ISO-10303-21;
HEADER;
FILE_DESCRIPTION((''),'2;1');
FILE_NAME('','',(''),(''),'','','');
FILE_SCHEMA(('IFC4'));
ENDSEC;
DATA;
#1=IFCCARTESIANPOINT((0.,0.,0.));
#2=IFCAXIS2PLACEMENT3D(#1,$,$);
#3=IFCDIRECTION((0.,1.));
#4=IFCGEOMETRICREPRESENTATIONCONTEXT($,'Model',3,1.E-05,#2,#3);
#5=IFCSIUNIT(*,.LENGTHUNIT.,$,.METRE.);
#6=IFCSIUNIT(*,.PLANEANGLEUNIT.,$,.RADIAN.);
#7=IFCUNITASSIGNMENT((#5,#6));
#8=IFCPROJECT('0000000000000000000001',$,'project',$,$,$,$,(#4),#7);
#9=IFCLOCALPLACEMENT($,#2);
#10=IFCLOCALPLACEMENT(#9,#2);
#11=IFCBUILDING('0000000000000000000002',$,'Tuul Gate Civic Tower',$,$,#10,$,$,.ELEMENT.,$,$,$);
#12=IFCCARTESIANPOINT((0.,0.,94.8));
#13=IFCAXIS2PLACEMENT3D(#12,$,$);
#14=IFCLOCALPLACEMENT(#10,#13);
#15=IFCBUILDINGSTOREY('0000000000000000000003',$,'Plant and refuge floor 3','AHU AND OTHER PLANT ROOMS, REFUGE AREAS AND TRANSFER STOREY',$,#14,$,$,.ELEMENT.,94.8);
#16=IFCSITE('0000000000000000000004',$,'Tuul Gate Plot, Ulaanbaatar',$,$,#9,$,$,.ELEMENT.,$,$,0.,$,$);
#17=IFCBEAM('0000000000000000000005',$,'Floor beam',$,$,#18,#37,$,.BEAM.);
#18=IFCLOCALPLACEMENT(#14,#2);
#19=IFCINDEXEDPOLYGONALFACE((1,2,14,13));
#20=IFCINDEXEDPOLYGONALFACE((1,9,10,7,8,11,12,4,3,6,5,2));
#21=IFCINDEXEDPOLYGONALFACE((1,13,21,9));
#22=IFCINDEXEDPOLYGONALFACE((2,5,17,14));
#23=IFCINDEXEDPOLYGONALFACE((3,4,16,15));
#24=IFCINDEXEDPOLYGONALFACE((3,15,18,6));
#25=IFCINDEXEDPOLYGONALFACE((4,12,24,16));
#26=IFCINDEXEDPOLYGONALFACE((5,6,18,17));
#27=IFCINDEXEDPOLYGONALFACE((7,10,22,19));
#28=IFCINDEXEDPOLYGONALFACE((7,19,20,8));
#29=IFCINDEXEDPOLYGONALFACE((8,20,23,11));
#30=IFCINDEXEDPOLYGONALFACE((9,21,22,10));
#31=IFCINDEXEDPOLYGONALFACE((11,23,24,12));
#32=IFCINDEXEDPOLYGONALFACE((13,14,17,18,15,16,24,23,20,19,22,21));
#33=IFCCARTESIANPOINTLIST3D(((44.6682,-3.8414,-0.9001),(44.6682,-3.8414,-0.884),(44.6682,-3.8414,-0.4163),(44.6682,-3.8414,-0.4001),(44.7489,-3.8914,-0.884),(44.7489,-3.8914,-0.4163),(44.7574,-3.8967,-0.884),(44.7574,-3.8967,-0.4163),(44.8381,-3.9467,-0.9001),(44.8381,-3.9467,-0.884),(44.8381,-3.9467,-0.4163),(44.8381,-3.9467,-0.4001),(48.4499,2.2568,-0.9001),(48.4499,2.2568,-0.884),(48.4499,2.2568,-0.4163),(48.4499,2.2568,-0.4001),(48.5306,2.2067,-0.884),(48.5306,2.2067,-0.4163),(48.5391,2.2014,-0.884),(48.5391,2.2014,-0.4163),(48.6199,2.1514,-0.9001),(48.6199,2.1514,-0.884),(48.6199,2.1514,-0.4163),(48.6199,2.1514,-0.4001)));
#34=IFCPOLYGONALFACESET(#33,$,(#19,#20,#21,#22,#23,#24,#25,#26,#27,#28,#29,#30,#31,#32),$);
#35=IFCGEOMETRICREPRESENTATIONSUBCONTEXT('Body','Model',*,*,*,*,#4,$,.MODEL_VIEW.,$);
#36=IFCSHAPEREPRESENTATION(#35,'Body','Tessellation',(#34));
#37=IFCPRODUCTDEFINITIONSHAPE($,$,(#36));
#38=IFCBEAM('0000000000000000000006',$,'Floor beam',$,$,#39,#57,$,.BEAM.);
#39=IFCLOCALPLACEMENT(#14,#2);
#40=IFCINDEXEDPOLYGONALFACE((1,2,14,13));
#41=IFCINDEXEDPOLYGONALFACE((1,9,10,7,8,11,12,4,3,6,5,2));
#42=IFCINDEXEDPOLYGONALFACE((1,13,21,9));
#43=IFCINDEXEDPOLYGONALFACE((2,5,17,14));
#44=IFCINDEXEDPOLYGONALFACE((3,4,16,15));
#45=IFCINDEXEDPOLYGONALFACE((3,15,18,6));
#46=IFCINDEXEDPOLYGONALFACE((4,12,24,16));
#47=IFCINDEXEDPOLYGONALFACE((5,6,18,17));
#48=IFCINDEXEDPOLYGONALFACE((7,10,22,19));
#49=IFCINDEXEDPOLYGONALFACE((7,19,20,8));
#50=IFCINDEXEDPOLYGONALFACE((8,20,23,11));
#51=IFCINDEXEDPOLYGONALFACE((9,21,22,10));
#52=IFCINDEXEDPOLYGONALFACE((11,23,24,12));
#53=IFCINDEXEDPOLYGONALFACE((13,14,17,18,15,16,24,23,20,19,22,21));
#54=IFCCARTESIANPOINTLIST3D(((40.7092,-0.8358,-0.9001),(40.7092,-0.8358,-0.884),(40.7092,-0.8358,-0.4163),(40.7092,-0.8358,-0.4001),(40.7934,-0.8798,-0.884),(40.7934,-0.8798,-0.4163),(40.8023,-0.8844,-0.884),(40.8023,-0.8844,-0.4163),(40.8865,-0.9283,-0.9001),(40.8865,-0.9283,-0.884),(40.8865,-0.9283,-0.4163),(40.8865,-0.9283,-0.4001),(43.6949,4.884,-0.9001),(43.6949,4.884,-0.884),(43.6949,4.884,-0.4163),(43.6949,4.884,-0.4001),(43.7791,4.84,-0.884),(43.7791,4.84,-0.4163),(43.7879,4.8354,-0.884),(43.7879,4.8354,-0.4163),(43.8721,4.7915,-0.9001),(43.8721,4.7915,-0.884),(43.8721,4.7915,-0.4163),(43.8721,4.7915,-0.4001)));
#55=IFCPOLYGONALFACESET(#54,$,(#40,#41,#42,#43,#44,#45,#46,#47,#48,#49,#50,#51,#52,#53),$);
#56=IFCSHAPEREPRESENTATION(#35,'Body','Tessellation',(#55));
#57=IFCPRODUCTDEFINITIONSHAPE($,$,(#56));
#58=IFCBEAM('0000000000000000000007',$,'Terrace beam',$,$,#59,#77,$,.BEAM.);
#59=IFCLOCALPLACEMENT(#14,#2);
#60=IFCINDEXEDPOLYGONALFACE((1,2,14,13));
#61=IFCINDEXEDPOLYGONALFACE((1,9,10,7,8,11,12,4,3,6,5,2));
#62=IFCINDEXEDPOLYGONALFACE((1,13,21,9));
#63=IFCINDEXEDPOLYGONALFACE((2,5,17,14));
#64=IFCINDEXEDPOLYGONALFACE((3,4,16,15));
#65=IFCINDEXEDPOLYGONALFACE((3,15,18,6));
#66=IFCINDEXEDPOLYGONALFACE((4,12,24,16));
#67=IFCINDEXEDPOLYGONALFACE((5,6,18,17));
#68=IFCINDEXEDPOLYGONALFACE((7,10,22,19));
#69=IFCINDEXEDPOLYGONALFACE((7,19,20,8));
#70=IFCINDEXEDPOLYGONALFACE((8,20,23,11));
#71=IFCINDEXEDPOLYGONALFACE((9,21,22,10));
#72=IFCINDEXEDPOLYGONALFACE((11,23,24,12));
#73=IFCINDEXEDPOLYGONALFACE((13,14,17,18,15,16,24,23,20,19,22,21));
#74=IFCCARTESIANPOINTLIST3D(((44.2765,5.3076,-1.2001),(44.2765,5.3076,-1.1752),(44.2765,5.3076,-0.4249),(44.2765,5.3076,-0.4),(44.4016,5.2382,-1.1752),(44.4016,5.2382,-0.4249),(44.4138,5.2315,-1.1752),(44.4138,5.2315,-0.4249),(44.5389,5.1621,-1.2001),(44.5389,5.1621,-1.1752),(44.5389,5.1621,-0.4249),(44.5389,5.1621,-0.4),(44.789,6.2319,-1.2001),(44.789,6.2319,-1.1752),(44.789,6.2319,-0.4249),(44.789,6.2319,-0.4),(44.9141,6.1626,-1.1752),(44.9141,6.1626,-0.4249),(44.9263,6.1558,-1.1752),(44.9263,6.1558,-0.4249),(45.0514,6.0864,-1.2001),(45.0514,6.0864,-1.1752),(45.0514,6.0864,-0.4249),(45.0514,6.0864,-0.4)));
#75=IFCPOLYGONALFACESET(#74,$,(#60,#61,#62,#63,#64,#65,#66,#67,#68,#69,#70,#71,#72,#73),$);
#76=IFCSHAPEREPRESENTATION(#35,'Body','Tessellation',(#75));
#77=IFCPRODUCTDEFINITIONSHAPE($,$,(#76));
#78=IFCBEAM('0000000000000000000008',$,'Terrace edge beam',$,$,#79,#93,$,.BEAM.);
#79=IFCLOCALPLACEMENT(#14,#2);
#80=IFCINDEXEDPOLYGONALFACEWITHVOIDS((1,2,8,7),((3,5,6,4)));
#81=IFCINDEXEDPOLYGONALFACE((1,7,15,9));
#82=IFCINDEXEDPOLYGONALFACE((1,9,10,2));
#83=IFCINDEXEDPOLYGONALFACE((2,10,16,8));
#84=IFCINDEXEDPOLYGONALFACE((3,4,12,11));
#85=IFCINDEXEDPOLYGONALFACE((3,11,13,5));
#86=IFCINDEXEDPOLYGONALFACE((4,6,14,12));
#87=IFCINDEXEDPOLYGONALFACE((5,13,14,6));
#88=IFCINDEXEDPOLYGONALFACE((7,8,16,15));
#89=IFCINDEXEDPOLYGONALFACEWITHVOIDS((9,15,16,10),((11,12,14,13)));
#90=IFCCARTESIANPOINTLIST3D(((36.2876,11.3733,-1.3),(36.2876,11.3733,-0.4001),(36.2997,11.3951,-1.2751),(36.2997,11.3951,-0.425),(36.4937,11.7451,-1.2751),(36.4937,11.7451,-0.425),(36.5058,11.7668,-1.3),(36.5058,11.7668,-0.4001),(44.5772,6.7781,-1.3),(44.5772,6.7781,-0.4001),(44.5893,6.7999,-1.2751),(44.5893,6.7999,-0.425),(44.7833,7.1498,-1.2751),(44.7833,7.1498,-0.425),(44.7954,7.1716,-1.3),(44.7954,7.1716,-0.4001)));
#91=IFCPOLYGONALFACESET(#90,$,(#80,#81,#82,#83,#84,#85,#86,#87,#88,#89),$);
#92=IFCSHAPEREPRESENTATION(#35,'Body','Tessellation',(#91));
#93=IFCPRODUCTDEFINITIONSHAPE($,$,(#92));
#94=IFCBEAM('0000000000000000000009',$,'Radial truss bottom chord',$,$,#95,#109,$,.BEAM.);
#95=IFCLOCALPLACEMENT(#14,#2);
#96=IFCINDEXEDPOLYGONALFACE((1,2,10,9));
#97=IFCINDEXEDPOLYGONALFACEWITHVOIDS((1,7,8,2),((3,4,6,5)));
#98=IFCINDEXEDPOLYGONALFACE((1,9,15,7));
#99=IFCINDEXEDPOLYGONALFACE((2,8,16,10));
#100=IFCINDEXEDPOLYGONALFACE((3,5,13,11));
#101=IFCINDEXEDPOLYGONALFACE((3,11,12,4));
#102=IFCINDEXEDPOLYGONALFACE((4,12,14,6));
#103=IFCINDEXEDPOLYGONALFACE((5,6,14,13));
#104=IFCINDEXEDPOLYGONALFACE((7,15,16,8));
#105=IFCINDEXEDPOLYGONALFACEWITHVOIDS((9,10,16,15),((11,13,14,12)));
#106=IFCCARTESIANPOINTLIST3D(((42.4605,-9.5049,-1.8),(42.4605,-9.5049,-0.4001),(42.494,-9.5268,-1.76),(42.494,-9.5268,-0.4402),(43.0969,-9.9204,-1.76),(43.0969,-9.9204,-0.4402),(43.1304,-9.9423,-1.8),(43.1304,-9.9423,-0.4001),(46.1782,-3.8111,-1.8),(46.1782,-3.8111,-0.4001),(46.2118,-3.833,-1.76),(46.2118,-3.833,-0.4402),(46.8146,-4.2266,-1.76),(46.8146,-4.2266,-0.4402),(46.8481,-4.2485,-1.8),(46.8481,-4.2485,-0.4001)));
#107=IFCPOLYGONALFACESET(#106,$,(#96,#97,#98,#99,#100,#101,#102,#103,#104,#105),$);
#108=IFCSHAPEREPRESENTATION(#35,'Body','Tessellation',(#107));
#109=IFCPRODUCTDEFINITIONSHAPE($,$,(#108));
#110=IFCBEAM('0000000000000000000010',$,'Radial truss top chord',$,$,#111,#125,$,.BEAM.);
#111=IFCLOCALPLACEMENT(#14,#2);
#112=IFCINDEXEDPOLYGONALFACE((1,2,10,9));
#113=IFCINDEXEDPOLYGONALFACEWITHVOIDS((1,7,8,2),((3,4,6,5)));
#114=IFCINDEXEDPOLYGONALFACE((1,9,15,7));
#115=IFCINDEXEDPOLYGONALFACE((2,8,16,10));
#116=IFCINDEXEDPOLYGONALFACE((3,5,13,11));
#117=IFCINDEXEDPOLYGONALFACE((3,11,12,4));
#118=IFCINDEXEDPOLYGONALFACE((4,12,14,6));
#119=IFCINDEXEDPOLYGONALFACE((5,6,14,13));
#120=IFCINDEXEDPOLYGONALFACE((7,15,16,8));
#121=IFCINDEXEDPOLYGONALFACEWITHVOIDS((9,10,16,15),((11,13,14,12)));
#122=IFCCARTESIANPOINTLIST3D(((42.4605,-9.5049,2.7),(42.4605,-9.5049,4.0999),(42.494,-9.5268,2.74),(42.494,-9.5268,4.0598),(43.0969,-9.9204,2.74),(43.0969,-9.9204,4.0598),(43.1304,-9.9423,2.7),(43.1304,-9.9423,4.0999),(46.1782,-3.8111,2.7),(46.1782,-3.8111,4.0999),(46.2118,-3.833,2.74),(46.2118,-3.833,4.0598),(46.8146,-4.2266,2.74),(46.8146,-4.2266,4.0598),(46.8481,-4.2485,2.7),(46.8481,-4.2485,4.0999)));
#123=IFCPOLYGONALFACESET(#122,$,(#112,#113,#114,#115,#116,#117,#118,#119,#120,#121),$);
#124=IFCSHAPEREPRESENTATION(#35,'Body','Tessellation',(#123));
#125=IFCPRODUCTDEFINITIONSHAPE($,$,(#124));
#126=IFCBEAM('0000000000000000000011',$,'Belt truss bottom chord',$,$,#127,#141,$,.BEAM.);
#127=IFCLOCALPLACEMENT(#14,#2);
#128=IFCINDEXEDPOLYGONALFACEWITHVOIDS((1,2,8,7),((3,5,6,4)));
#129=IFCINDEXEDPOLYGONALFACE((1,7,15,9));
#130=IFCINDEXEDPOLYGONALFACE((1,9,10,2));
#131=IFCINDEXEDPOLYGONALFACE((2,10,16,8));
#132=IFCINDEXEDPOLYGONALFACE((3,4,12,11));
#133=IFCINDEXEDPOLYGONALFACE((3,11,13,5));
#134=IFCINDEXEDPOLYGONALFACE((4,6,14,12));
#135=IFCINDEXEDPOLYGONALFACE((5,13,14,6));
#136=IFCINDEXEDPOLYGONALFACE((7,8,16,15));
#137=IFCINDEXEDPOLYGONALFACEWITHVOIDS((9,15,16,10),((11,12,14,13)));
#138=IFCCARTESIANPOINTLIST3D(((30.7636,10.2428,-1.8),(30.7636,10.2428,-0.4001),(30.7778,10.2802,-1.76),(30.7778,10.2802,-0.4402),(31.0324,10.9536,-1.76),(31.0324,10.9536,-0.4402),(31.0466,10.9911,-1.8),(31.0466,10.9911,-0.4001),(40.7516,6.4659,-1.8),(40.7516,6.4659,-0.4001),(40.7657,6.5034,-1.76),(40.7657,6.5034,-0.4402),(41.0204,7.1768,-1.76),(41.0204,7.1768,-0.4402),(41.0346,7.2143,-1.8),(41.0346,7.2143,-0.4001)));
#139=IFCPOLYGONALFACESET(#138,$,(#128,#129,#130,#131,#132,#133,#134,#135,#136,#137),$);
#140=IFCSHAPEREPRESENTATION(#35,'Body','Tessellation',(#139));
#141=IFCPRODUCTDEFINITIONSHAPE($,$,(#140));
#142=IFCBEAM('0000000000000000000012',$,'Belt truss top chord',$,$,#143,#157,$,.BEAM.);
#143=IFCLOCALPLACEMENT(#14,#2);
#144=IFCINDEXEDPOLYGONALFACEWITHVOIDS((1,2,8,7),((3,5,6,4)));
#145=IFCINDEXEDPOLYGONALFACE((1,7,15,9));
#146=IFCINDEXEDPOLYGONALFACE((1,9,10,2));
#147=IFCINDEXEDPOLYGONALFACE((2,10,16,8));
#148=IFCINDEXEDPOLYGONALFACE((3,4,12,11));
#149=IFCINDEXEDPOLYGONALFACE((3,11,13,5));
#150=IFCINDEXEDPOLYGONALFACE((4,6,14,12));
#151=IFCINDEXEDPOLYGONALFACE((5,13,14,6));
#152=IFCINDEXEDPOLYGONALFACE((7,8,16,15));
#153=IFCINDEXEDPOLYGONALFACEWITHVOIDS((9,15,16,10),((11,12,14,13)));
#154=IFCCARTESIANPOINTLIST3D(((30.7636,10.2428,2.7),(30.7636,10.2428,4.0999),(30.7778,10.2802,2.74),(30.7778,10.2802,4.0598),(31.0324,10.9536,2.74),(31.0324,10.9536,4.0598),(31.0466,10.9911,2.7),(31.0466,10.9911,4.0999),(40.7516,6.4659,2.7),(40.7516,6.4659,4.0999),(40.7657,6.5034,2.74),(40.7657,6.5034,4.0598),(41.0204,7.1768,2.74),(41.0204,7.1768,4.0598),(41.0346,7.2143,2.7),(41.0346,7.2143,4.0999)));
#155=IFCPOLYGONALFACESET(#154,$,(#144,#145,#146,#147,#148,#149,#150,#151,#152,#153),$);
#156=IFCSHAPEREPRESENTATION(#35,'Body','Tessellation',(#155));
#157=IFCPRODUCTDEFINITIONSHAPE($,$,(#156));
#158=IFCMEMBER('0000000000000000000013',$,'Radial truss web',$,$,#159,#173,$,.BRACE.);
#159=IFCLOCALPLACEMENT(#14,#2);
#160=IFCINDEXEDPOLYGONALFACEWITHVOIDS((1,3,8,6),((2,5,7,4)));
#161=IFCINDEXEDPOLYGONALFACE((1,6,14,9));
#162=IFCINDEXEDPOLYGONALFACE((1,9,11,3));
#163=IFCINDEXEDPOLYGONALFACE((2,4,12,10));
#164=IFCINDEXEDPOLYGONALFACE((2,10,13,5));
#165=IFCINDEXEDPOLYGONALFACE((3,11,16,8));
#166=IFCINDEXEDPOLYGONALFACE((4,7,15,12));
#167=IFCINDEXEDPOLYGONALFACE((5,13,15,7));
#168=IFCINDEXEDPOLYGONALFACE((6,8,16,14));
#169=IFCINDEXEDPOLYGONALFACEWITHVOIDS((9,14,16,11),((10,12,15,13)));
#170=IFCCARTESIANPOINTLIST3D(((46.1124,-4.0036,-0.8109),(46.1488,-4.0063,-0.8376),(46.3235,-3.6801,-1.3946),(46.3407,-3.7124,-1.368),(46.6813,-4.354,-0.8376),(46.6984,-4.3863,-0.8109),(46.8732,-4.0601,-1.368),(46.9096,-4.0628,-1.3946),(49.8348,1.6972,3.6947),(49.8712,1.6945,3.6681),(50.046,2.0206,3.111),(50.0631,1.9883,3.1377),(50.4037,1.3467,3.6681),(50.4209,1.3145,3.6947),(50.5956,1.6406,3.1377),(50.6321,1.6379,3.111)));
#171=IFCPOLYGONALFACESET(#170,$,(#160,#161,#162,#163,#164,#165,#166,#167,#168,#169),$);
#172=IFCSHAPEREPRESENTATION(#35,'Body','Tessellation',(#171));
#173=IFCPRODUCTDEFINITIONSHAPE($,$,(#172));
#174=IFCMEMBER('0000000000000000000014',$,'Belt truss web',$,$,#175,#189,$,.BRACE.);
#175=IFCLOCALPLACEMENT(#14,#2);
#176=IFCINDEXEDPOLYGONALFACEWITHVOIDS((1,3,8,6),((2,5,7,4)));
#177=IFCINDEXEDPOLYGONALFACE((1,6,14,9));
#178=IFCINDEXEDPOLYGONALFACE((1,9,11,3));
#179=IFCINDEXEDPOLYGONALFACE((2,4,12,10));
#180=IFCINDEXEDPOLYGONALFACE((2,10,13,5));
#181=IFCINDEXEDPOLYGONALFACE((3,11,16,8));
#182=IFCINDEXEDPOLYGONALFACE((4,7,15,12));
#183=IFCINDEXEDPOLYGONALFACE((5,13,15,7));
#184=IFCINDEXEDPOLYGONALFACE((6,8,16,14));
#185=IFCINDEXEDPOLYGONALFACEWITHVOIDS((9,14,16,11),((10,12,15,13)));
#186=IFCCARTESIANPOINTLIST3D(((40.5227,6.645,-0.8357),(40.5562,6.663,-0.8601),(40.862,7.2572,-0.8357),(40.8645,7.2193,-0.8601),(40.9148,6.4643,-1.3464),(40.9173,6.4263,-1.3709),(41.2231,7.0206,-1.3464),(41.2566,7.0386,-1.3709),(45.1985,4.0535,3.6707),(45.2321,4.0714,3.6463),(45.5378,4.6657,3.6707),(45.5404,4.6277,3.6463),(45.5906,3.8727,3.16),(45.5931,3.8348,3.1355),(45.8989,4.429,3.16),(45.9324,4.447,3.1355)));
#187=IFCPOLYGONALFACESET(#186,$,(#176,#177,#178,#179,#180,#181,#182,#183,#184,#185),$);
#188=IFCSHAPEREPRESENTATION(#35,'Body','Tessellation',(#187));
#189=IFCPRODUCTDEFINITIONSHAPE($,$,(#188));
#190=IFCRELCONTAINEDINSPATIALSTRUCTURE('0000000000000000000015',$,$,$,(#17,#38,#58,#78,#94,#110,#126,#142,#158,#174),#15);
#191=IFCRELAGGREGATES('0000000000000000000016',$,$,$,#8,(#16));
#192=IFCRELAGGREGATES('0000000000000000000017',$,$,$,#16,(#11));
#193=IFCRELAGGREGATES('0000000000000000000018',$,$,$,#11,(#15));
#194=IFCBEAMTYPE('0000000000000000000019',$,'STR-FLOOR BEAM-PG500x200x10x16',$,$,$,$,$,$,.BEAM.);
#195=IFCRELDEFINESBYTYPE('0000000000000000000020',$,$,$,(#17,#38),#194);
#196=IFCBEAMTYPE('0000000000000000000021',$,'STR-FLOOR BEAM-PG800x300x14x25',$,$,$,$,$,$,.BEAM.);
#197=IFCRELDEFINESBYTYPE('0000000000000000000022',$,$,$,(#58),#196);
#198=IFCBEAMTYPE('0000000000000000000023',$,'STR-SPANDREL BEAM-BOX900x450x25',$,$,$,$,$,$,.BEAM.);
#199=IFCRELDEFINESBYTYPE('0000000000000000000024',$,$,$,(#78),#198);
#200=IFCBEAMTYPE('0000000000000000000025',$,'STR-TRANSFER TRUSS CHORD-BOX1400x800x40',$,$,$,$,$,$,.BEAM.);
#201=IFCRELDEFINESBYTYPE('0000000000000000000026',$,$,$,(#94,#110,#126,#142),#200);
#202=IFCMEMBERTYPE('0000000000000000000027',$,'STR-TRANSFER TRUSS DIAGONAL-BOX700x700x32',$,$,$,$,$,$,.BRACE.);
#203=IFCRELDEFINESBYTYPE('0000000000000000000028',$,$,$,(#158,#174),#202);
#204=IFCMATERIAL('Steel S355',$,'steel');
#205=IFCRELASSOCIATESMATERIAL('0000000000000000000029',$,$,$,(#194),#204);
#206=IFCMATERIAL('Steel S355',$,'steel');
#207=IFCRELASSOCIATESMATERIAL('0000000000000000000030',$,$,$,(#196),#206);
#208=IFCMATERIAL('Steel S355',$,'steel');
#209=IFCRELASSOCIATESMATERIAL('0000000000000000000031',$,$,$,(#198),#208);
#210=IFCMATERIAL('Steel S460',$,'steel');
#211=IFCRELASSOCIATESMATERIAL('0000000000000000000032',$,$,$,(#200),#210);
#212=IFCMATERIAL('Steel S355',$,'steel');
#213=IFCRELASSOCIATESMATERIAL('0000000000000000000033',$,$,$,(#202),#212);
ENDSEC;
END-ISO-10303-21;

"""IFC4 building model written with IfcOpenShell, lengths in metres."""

from ifc_helpers import new_model, si_unit, direction, frame, origin, origin_2d, place, context, subcontext, project, spatial, hollow_rectangle, i_section, extrude, material, material_profile, profile_set, type_object, element, save


model = new_model("IFC4")

# Units and contexts
model_context = context("Model", 3, precision=1e-05, world=origin(), true_north=direction((0.0, 1.0)))
body_context = subcontext(model_context, "Body", "Model", "MODEL_VIEW")
ifc_project = project(units=[si_unit("LENGTHUNIT", "METRE"), si_unit("PLANEANGLEUNIT", "RADIAN")], contexts=[model_context])

# Site, building, storey
site_placement = place(None, origin())
site = spatial("IfcSite", under=ifc_project, at=site_placement, Name="Tuul Gate Plot, Ulaanbaatar", CompositionType="ELEMENT", RefElevation=0.0)
building_placement = place(site_placement, origin())
building = spatial("IfcBuilding", under=site, at=building_placement, Name="Tuul Gate Civic Tower", CompositionType="ELEMENT")
storey_placement = place(building_placement, frame((0.0, 0.0, 94.8)))
storey = spatial("IfcBuildingStorey", under=building, at=storey_placement, Name="Plant and refuge floor 3", Description="AHU AND OTHER PLANT ROOMS, REFUGE AREAS AND TRANSFER STOREY", CompositionType="ELEMENT", Elevation=94.8)

# Beams
ifc_material_1 = material(Name="Steel S355", Category="steel")
ifc_material_profile_1 = material_profile(ifc_material_1, i_section(OverallWidth=0.2, OverallDepth=0.5, WebThickness=0.01, FlangeThickness=0.0161, at=origin_2d()), Name="PG500x200x10x16")
ifc_profile_set_1 = profile_set([ifc_material_profile_1], Name="Steel S355")
beam_type_1 = type_object("IfcBeamType", Name="STR-FLOOR BEAM-PG500x200x10x16", PredefinedType="BEAM", material=ifc_profile_set_1)
beam_1_placement = place(storey_placement, frame((44.7532, -3.894, -0.6501), z_axis=(0.527029, 0.849847, 0.0), x_axis=(-0.849847, 0.527029, 0.0)))
element("IfcBeam", 1, at=beam_1_placement, inside=storey, type_object=beam_type_1, Name="Floor beam", PredefinedType="BEAM", context=body_context, shape_type="SweptSolid", body=[
    extrude(i_section(OverallWidth=0.2, OverallDepth=0.5, WebThickness=0.01, FlangeThickness=0.0161, at=origin_2d()), origin(), (0.0, 0.0, 1.0), 7.1755),
])
beam_2_placement = place(storey_placement, frame((40.7979, -0.8821, -0.6501), z_axis=(0.462735, 0.886496, 0.0), x_axis=(-0.886496, 0.462735, 0.0)))
element("IfcBeam", 2, at=beam_2_placement, inside=storey, type_object=beam_type_1, Name="Floor beam", PredefinedType="BEAM", context=body_context, shape_type="SweptSolid", body=[
    extrude(i_section(OverallWidth=0.2, OverallDepth=0.5, WebThickness=0.01, FlangeThickness=0.0161, at=origin_2d()), origin(), (0.0, 0.0, 1.0), 6.4521),
])
ifc_material_2 = material(Name="Steel S355", Category="steel")
ifc_material_profile_2 = material_profile(ifc_material_2, i_section(OverallWidth=0.3, OverallDepth=0.8, WebThickness=0.0139, FlangeThickness=0.0249, at=origin_2d()), Name="PG800x300x14x25")
ifc_profile_set_2 = profile_set([ifc_material_profile_2], Name="Steel S355")
beam_type_2 = type_object("IfcBeamType", Name="STR-FLOOR BEAM-PG800x300x14x25", PredefinedType="BEAM", material=ifc_profile_set_2)
beam_3_placement = place(storey_placement, frame((44.9202, 6.1592, -0.8), z_axis=(-0.484878, -0.874582, 0.0), x_axis=(0.874582, -0.484878, 0.0)))
element("IfcBeam", 3, at=beam_3_placement, inside=storey, type_object=beam_type_2, Name="Terrace beam", PredefinedType="BEAM", context=body_context, shape_type="SweptSolid", body=[
    extrude(i_section(OverallWidth=0.3, OverallDepth=0.8, WebThickness=0.0139, FlangeThickness=0.0249, at=origin_2d()), origin(), (0.0, 0.0, 1.0), 1.0569),
])
ifc_material_3 = material(Name="Steel S355", Category="steel")
ifc_material_profile_3 = material_profile(ifc_material_3, hollow_rectangle(XDim=0.45, YDim=0.8999, WallThickness=0.0249, at=origin_2d()), Name="BOX900x450x25")
ifc_profile_set_3 = profile_set([ifc_material_profile_3], Name="Steel S355")
beam_type_3 = type_object("IfcBeamType", Name="STR-SPANDREL BEAM-BOX900x450x25", PredefinedType="BEAM", material=ifc_profile_set_3)
beam_4_placement = place(storey_placement, frame((44.6863, 6.9749, -0.8501), z_axis=(-0.874609, 0.484829, 0.0), x_axis=(-0.484829, -0.874609, 0.0)))
element("IfcBeam", 4, at=beam_4_placement, inside=storey, type_object=beam_type_3, Name="Terrace edge beam", PredefinedType="BEAM", context=body_context, shape_type="SweptSolid", body=[
    extrude(hollow_rectangle(XDim=0.45, YDim=0.8999, WallThickness=0.0249, at=origin_2d()), origin(), (0.0, 0.0, 1.0), 9.478),
])
ifc_material_4 = material(Name="Steel S460", Category="steel")
ifc_material_profile_4 = material_profile(ifc_material_4, hollow_rectangle(XDim=0.8, YDim=1.3999, WallThickness=0.04, at=origin_2d()), Name="BOX1400x800x40")
ifc_profile_set_4 = profile_set([ifc_material_profile_4], Name="Steel S460")
beam_type_4 = type_object("IfcBeamType", Name="STR-TRANSFER TRUSS CHORD-BOX1400x800x40", PredefinedType="BEAM", material=ifc_profile_set_4)
for number, where, z_axis, x_axis, name in (
    (5, (46.5132, -4.0298, -1.1001), (-0.546721, -0.837315, 0.0), (0.837315, -0.546721, 0.0), "Radial truss bottom chord"),
    (6, (46.5132, -4.0298, 3.3999), (-0.546721, -0.837315, 0.0), (0.837315, -0.546721, 0.0), "Radial truss top chord"),
):
    element("IfcBeam", number, at=place(storey_placement, frame(where, z_axis=z_axis, x_axis=x_axis)), inside=storey, type_object=beam_type_4, Name=name, PredefinedType="BEAM", context=body_context, shape_type="SweptSolid", body=[
        extrude(hollow_rectangle(XDim=0.8, YDim=1.3999, WallThickness=0.04, at=origin_2d()), origin(), (0.0, 0.0, 1.0), 6.8),
    ])
for number, where, z_axis, x_axis, name in (
    (7, (40.8931, 6.8401, -1.1001), (-0.935361, 0.353695, 0.0), (-0.353695, -0.935361, 0.0), "Belt truss bottom chord"),
    (8, (40.8931, 6.8401, 3.3999), (-0.935361, 0.353695, 0.0), (-0.353695, -0.935361, 0.0), "Belt truss top chord"),
):
    element("IfcBeam", number, at=place(storey_placement, frame(where, z_axis=z_axis, x_axis=x_axis)), inside=storey, type_object=beam_type_4, Name=name, PredefinedType="BEAM", context=body_context, shape_type="SweptSolid", body=[
        extrude(hollow_rectangle(XDim=0.8, YDim=1.3999, WallThickness=0.04, at=origin_2d()), origin(), (0.0, 0.0, 1.0), 10.6782),
    ])

# Members
ifc_material_5 = material(Name="Steel S355", Category="steel")
ifc_material_profile_5 = material_profile(ifc_material_5, hollow_rectangle(XDim=0.7, YDim=0.7, WallThickness=0.032, at=origin_2d()), Name="BOX700x700x32")
ifc_profile_set_5 = profile_set([ifc_material_profile_5], Name="Steel S355")
member_type_1 = type_object("IfcMemberType", Name="STR-TRANSFER TRUSS DIAGONAL-BOX700x700x32", PredefinedType="BRACE", material=ifc_profile_set_5)
member_1_placement = place(storey_placement, frame((46.511, -4.0332, -1.1028), z_axis=(0.455941, 0.698251, 0.551872), x_axis=(-0.837303, 0.546739, 0.0)))
element("IfcMember", 9, at=member_1_placement, inside=storey, type_object=member_type_1, Name="Radial truss web", PredefinedType="BRACE", context=body_context, shape_type="SweptSolid", body=[
    extrude(hollow_rectangle(XDim=0.7, YDim=0.7, WallThickness=0.032, at=origin_2d()), origin(), (0.0, 0.0, 1.0), 8.1643),
])
member_2_placement = place(storey_placement, frame((40.8896, 6.8418, -1.1033), z_axis=(0.668745, -0.370652, 0.644513), x_axis=(0.48477, 0.874642, 0.0)))
element("IfcMember", 10, at=member_2_placement, inside=storey, type_object=member_type_1, Name="Belt truss web", PredefinedType="BRACE", context=body_context, shape_type="SweptSolid", body=[
    extrude(hollow_rectangle(XDim=0.7, YDim=0.7, WallThickness=0.032, at=origin_2d()), origin(), (0.0, 0.0, 1.0), 6.9919),
])

save(model, "model.ifc")
